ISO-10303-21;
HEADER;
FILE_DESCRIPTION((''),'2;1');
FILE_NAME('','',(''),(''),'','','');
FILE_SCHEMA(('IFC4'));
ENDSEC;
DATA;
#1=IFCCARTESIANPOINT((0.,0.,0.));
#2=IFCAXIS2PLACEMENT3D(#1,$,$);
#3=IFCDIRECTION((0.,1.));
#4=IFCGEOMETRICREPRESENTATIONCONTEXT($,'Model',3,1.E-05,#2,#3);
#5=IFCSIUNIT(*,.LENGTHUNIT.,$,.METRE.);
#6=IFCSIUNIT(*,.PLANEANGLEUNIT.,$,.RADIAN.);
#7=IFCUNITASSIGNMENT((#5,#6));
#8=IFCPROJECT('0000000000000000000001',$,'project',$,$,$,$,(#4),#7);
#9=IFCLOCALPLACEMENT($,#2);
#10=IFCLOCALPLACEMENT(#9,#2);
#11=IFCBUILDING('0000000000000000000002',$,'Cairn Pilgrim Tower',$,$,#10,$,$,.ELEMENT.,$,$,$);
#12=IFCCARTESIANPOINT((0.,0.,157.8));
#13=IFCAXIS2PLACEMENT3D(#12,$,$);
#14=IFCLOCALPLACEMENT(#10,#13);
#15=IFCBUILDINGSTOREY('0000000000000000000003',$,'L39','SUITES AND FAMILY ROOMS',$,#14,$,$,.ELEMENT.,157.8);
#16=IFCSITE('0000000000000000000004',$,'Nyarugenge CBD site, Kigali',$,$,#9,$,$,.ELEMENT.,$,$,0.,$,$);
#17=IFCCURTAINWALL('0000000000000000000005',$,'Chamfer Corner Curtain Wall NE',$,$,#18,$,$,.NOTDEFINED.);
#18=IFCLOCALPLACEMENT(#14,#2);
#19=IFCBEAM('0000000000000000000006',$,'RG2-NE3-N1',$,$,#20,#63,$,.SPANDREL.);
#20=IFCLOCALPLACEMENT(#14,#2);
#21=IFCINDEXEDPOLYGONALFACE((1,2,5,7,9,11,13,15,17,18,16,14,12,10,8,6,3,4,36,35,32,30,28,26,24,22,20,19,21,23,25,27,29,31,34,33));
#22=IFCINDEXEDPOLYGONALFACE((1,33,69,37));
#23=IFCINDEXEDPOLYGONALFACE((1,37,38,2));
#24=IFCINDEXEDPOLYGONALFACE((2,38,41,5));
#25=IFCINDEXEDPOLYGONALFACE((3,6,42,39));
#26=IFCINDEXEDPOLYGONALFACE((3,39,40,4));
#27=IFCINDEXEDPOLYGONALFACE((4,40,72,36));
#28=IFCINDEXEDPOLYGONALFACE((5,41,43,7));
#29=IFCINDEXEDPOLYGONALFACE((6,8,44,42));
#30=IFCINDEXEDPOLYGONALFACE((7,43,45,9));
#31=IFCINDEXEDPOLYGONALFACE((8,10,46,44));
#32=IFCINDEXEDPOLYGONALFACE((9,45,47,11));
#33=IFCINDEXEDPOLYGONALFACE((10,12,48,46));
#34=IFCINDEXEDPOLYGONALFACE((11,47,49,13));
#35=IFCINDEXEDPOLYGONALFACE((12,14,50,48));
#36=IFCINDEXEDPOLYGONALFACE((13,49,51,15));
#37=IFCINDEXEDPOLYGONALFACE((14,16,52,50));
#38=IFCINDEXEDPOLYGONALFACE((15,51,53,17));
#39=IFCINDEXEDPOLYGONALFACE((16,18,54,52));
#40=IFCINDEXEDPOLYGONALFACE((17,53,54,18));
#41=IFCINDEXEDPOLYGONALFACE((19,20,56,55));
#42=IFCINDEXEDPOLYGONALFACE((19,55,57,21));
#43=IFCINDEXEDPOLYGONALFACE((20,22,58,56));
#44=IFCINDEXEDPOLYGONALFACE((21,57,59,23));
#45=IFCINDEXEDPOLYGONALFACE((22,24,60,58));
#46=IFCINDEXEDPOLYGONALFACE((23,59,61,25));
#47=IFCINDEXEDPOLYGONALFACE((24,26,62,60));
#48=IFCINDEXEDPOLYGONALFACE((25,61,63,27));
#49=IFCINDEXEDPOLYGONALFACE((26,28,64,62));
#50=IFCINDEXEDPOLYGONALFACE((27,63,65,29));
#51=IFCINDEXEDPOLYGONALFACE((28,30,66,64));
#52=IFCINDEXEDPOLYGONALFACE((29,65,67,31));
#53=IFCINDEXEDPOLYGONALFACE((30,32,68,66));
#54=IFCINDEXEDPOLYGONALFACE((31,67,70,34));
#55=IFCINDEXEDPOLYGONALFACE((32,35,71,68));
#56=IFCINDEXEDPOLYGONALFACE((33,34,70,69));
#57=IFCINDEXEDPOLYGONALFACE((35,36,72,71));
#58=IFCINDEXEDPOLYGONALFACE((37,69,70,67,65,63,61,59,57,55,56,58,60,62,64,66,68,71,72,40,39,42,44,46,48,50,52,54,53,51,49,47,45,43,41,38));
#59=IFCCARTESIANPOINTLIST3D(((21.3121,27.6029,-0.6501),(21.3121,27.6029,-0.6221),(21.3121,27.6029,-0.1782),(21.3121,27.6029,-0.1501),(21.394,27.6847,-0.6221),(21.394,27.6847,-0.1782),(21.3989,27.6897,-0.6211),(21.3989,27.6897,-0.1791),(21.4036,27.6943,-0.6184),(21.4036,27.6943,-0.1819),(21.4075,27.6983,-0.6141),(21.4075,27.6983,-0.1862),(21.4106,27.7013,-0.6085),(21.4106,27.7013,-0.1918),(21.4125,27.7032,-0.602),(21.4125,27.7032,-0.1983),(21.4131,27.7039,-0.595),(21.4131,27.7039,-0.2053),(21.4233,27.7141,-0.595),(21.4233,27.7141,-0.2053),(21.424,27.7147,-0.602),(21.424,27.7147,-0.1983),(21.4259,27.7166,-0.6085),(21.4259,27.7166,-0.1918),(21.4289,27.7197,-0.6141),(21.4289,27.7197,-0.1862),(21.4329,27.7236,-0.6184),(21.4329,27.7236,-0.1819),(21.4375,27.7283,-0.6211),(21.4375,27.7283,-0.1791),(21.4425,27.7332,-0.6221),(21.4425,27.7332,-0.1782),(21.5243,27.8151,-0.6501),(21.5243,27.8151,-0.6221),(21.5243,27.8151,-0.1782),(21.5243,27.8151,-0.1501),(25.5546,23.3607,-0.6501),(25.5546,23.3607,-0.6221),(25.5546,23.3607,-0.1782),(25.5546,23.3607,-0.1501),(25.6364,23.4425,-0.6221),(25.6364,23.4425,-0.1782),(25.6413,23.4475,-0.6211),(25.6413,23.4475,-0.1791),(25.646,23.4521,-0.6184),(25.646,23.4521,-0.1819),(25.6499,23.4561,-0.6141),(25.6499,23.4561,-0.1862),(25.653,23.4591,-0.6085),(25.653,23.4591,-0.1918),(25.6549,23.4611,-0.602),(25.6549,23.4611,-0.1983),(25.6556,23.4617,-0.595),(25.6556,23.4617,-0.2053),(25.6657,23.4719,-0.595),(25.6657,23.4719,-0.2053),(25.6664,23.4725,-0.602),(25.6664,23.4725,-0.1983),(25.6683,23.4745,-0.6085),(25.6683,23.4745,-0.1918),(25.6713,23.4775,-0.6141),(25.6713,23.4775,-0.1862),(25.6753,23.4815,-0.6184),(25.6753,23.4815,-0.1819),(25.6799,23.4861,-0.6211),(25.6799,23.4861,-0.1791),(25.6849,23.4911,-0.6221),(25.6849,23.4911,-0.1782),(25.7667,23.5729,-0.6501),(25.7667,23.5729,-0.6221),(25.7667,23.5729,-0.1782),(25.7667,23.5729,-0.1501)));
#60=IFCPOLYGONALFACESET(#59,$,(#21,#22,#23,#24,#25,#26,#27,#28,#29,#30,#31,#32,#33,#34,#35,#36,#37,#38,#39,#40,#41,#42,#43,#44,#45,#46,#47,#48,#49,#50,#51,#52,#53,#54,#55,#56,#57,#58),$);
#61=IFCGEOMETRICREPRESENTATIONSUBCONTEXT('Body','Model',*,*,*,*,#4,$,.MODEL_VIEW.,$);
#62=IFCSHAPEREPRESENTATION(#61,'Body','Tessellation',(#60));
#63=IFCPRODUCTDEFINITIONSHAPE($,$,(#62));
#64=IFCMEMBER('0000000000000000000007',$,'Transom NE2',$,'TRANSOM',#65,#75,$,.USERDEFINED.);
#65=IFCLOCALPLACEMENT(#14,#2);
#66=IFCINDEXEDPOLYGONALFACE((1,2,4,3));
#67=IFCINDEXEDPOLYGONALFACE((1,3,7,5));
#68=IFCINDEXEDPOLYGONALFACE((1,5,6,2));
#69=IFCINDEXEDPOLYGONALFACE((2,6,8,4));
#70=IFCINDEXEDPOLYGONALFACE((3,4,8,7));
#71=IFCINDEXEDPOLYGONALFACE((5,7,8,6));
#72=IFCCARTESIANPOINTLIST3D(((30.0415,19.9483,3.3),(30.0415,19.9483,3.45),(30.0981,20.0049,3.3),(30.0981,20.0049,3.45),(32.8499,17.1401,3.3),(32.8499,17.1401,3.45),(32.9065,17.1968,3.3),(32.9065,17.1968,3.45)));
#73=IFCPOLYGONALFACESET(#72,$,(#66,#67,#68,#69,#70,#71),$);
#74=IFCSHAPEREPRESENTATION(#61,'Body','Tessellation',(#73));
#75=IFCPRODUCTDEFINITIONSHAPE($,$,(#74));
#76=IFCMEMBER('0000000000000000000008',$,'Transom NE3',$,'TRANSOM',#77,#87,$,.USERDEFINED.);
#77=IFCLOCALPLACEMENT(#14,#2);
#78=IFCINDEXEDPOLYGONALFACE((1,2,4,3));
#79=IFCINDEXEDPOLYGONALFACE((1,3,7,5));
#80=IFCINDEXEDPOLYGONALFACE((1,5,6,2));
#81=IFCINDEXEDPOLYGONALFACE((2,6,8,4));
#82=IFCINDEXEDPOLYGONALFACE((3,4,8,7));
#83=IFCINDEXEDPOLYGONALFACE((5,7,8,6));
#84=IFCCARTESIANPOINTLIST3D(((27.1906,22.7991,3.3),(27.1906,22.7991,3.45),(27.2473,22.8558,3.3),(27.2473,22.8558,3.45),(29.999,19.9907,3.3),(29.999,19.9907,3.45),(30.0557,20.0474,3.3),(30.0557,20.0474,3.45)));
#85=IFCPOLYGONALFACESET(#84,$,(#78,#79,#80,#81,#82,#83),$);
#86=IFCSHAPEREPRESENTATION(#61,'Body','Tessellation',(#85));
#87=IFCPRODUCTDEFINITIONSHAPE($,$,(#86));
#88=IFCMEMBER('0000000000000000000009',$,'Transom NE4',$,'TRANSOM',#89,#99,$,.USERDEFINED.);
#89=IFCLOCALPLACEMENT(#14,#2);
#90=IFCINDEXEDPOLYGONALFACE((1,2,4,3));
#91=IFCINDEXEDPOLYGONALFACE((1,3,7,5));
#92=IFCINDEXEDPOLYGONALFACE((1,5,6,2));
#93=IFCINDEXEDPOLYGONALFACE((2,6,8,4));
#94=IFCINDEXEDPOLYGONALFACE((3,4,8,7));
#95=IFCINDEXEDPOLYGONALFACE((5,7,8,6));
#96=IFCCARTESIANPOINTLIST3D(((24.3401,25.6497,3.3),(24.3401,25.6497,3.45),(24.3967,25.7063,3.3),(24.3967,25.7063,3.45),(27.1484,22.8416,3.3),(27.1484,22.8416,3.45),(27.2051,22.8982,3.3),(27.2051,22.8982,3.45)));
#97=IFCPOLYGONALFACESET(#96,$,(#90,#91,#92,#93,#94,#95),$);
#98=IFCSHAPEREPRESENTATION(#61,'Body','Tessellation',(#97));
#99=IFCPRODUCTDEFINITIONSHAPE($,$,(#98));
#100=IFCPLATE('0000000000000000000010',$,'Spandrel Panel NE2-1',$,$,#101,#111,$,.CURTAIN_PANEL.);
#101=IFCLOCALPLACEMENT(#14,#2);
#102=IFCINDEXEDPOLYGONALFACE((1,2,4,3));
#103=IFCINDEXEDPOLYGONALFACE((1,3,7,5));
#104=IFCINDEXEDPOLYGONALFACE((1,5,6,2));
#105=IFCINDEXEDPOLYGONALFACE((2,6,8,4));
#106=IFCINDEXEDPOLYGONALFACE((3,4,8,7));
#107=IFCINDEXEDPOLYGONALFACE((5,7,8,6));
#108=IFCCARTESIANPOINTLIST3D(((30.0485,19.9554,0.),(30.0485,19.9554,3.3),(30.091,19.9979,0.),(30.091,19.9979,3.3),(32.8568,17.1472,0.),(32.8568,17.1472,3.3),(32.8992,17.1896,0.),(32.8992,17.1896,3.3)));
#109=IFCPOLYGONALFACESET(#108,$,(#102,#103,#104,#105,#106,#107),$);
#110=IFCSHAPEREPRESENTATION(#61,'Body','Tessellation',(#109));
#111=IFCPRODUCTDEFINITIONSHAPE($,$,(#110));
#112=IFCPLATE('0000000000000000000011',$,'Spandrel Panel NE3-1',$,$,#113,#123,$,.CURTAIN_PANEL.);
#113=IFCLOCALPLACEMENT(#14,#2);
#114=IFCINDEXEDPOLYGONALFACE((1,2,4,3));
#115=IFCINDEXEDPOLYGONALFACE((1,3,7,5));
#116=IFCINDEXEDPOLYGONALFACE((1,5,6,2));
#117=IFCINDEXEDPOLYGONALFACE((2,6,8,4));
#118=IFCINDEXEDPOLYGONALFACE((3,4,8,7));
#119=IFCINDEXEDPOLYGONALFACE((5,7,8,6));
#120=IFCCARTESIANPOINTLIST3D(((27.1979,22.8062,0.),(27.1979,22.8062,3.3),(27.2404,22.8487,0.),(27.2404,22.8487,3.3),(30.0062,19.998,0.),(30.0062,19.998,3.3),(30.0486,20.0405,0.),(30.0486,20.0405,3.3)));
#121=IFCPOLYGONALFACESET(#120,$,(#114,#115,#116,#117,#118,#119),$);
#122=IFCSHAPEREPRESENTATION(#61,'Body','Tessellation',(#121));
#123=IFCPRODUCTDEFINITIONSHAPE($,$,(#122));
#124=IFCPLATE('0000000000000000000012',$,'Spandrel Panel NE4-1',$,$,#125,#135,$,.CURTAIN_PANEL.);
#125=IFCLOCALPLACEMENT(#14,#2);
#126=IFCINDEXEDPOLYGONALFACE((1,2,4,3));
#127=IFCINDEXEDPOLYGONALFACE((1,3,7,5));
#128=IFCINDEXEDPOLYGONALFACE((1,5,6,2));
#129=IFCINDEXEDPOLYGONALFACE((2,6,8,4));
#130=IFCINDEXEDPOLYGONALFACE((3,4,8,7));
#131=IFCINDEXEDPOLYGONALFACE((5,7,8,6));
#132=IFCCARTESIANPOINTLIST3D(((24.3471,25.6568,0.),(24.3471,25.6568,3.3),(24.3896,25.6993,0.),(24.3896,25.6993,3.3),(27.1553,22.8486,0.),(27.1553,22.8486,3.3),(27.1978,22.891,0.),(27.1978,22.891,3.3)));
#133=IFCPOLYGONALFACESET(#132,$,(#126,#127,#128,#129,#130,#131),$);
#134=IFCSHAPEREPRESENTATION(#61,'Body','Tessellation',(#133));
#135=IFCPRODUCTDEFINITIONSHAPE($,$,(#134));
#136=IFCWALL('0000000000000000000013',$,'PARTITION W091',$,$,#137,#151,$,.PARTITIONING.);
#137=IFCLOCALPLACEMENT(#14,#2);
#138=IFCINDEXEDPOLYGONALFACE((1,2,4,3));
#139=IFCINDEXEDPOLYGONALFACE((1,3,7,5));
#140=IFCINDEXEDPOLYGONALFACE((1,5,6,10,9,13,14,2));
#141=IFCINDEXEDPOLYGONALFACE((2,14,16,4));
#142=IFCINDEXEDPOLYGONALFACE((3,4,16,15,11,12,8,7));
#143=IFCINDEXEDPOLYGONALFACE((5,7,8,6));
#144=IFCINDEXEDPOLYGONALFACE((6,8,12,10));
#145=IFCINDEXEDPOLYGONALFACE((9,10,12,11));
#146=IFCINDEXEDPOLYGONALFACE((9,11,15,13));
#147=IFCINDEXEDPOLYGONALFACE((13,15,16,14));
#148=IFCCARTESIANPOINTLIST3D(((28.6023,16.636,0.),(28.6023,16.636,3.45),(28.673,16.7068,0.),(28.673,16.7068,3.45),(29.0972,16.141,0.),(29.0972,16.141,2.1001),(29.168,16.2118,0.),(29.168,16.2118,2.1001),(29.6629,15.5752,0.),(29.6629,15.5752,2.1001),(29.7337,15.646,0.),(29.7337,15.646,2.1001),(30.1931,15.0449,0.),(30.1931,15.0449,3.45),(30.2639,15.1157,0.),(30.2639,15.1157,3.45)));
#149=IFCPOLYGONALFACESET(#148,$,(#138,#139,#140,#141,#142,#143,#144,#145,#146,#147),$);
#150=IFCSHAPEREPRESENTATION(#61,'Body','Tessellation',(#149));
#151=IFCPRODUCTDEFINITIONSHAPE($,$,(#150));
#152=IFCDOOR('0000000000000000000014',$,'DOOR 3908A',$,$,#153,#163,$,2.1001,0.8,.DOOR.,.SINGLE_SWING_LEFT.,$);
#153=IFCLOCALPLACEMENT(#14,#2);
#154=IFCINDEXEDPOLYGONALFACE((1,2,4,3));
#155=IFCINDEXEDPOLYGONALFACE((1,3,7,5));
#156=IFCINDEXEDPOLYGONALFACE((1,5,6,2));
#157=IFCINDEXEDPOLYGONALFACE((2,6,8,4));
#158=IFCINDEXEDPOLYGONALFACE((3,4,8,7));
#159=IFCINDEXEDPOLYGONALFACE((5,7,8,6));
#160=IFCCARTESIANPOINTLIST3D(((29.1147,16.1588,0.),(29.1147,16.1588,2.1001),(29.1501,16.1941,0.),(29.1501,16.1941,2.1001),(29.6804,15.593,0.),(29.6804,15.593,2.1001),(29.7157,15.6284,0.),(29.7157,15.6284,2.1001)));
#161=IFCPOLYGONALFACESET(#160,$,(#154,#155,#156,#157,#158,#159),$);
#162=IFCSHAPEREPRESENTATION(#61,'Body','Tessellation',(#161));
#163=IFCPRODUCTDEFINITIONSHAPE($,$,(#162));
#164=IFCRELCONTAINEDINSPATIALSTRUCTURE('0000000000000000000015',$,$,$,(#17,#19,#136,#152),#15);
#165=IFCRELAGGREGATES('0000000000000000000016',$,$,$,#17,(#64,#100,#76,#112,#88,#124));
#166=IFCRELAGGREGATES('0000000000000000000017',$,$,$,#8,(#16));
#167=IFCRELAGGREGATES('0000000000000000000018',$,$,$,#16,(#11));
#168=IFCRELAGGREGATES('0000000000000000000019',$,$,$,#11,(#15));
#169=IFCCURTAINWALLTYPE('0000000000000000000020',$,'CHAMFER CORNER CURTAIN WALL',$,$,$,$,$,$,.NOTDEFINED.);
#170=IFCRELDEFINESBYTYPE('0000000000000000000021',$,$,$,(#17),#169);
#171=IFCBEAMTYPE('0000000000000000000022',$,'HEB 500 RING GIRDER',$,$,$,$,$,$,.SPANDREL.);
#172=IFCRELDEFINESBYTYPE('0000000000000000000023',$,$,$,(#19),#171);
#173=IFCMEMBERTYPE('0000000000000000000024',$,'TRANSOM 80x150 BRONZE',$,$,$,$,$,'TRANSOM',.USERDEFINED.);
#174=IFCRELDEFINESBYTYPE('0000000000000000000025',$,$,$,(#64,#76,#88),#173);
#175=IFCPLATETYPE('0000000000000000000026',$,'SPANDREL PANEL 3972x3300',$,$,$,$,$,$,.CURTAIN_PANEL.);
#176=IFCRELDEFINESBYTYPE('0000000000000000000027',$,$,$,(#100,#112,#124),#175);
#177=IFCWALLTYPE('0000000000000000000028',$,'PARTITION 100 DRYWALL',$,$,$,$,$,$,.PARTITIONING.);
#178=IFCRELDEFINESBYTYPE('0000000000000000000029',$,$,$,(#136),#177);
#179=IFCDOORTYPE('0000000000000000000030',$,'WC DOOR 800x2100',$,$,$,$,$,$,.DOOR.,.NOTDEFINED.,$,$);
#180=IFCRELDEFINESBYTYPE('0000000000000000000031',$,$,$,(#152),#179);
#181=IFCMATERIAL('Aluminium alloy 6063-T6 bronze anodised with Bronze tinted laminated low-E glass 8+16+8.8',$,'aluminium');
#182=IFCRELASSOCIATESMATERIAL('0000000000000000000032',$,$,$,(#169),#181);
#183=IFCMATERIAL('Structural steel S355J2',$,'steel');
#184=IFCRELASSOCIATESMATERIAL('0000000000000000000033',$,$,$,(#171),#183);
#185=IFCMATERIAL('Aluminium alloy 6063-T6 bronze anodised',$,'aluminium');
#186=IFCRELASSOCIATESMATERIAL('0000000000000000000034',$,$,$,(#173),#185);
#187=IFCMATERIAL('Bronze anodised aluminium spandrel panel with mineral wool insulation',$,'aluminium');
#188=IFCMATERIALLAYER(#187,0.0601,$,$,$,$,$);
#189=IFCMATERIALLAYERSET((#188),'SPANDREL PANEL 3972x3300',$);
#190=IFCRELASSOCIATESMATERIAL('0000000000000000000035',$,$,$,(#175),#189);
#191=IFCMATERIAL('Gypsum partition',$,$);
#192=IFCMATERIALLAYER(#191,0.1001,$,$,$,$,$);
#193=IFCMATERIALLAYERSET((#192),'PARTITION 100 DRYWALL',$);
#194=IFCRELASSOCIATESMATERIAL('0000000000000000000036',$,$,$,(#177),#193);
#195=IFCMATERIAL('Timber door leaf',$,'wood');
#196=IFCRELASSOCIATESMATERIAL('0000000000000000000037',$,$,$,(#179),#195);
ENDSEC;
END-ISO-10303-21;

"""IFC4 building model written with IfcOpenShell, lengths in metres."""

from ifc_helpers import new_model, si_unit, direction, frame, frame_2d, origin, origin_2d, place, context, subcontext, project, spatial, rectangle, i_section, extrude, material, layer, layer_set, material_profile, profile_set, type_object, element, fill, aggregate, save


model = new_model("IFC4")

# Units and contexts
model_context = context("Model", 3, precision=1e-05, world=origin(), true_north=direction((0.0, 1.0)))
body_context = subcontext(model_context, "Body", "Model", "MODEL_VIEW")
ifc_project = project(units=[si_unit("LENGTHUNIT", "METRE"), si_unit("PLANEANGLEUNIT", "RADIAN")], contexts=[model_context])

# Site, building, storey
site_placement = place(None, origin())
site = spatial("IfcSite", under=ifc_project, at=site_placement, Name="Nyarugenge CBD site, Kigali", CompositionType="ELEMENT", RefElevation=0.0)
building_placement = place(site_placement, origin())
building = spatial("IfcBuilding", under=site, at=building_placement, Name="Cairn Pilgrim Tower", CompositionType="ELEMENT")
storey_placement = place(building_placement, frame((0.0, 0.0, 157.8)))
storey = spatial("IfcBuildingStorey", under=building, at=storey_placement, Name="L39", Description="SUITES AND FAMILY ROOMS", CompositionType="ELEMENT", Elevation=157.8)

# Shared definitions
ifc_material_1 = material(Name="Structural steel S355J2", Category="steel")

# Curtain wall
ifc_material_2 = material(Name="Aluminium alloy 6063-T6 bronze anodised with Bronze tinted laminated low-E glass 8+16+8.8", Category="aluminium")
curtain_wall_type = type_object("IfcCurtainWallType", Name="CHAMFER CORNER CURTAIN WALL", PredefinedType="NOTDEFINED", material=ifc_material_2)
curtain_wall_placement = place(storey_placement, origin())
curtain_wall = element("IfcCurtainWall", 1, at=curtain_wall_placement, inside=storey, type_object=curtain_wall_type, Name="Chamfer Corner Curtain Wall NE", PredefinedType="NOTDEFINED")
ifc_material_3 = material(Name="Aluminium alloy 6063-T6 bronze anodised", Category="aluminium")

# Beam
ifc_material_profile_1 = material_profile(ifc_material_1, i_section(OverallWidth=0.3, OverallDepth=0.5, WebThickness=0.0144, FlangeThickness=0.0281, FilletRadius=0.0271, at=origin_2d()), Name="HEB 500")
ifc_profile_set_1 = profile_set([ifc_material_profile_1], Name="Structural steel S355J2")
beam_type_1 = type_object("IfcBeamType", Name="HEB 500 RING GIRDER", PredefinedType="SPANDREL", material=ifc_profile_set_1)
beam_1_placement = place(storey_placement, frame((25.6606, 23.4668, -0.4001), z_axis=(-0.707127, 0.707086, 0.0), x_axis=(-0.707086, -0.707127, 0.0)))
element("IfcBeam", 2, at=beam_1_placement, inside=storey, type_object=beam_type_1, Name="RG2-NE3-N1", PredefinedType="SPANDREL", context=body_context, shape_type="SweptSolid", body=[
    extrude(i_section(OverallWidth=0.3, OverallDepth=0.5, WebThickness=0.0144, FlangeThickness=0.0281, FilletRadius=0.0271, at=origin_2d()), origin(), (0.0, 0.0, 1.0), 5.9995),
])

# Members
ifc_material_profile_2 = material_profile(ifc_material_3, rectangle(XDim=0.0801, YDim=0.1499, at=origin_2d()), Name="TRANSOM 80x150 BRONZE")
ifc_profile_set_2 = profile_set([ifc_material_profile_2], Name="Aluminium alloy 6063-T6 bronze anodised")
member_type_1 = type_object("IfcMemberType", Name="TRANSOM 80x150 BRONZE", ElementType="TRANSOM", PredefinedType="USERDEFINED", material=ifc_profile_set_2)
member_1_placement = place(storey_placement, frame((32.8782, 17.1685, 3.375), z_axis=(-0.707138, 0.707076, 0.0), x_axis=(-0.707076, -0.707138, 0.0)))
member_1 = element("IfcMember", 3, at=member_1_placement, type_object=member_type_1, Name="Transom NE2", ObjectType="TRANSOM", PredefinedType="USERDEFINED", context=body_context, shape_type="SweptSolid", body=[
    extrude(rectangle(XDim=0.0801, YDim=0.1499, at=origin_2d()), origin(), (0.0, 0.0, 1.0), 3.9714),
])
member_2_placement = place(storey_placement, frame((30.0273, 20.019, 3.375), z_axis=(-0.707107, 0.707107, 0.0), x_axis=(-0.707107, -0.707107, 0.0)))
member_2 = element("IfcMember", 4, at=member_2_placement, type_object=member_type_1, Name="Transom NE3", ObjectType="TRANSOM", PredefinedType="USERDEFINED", context=body_context, shape_type="SweptSolid", body=[
    extrude(rectangle(XDim=0.0801, YDim=0.1499, at=origin_2d()), origin(), (0.0, 0.0, 1.0), 3.9717),
])
member_3_placement = place(storey_placement, frame((27.1768, 22.8699, 3.375), z_axis=(-0.707138, 0.707076, 0.0), x_axis=(-0.707076, -0.707138, 0.0)))
member_3 = element("IfcMember", 5, at=member_3_placement, type_object=member_type_1, Name="Transom NE4", ObjectType="TRANSOM", PredefinedType="USERDEFINED", context=body_context, shape_type="SweptSolid", body=[
    extrude(rectangle(XDim=0.0801, YDim=0.1499, at=origin_2d()), origin(), (0.0, 0.0, 1.0), 3.9714),
])

# Plates
ifc_material_4 = material(Name="Bronze anodised aluminium spandrel panel with mineral wool insulation", Category="aluminium")
ifc_layer_1 = layer(ifc_material_4, 0.0601)
ifc_layer_set_1 = layer_set([ifc_layer_1], Name="SPANDREL PANEL 3972x3300")
plate_type = type_object("IfcPlateType", Name="SPANDREL PANEL 3972x3300", PredefinedType="CURTAIN_PANEL", material=ifc_layer_set_1)
plate_1_placement = place(storey_placement, frame((31.4739, 18.5725, 0.0), z_axis=(0.0, 0.0, 1.0), x_axis=(-0.707107, 0.707107, 0.0)))
plate_1 = element("IfcPlate", 6, at=plate_1_placement, type_object=plate_type, Name="Spandrel Panel NE2-1", PredefinedType="CURTAIN_PANEL", context=body_context, shape_type="SweptSolid", body=[
    extrude(rectangle(XDim=3.9714, YDim=0.0601, at=origin_2d()), origin(), (0.0, 0.0, 1.0), 3.3),
])
plate_2_placement = place(storey_placement, frame((28.6233, 21.4233, 0.0), z_axis=(0.0, 0.0, 1.0), x_axis=(-0.707107, 0.707107, 0.0)))
plate_2 = element("IfcPlate", 7, at=plate_2_placement, type_object=plate_type, Name="Spandrel Panel NE3-1", PredefinedType="CURTAIN_PANEL", context=body_context, shape_type="SweptSolid", body=[
    extrude(rectangle(XDim=3.9714, YDim=0.0601, at=origin_2d()), origin(), (0.0, 0.0, 1.0), 3.3),
])
plate_3_placement = place(storey_placement, frame((25.7725, 24.2739, 0.0), z_axis=(0.0, 0.0, 1.0), x_axis=(-0.707107, 0.707107, 0.0)))
plate_3 = element("IfcPlate", 8, at=plate_3_placement, type_object=plate_type, Name="Spandrel Panel NE4-1", PredefinedType="CURTAIN_PANEL", context=body_context, shape_type="SweptSolid", body=[
    extrude(rectangle(XDim=3.9714, YDim=0.0601, at=origin_2d()), origin(), (0.0, 0.0, 1.0), 3.3),
])
aggregate(curtain_wall, [member_1, plate_1, member_2, plate_2, member_3, plate_3])

# Wall, opening, door
ifc_material_5 = material(Name="Gypsum partition")
ifc_layer_2 = layer(ifc_material_5, 0.1001)
ifc_layer_set_2 = layer_set([ifc_layer_2], Name="PARTITION 100 DRYWALL")
wall_type_1 = type_object("IfcWallType", Name="PARTITION 100 DRYWALL", PredefinedType="PARTITIONING", material=ifc_layer_set_2)
wall_1_placement = place(storey_placement, frame((30.2285, 15.0803, 0.0), z_axis=(0.0, 0.0, 1.0), x_axis=(-0.707053, 0.707161, 0.0)))
wall_1 = element("IfcWall", 9, at=wall_1_placement, inside=storey, type_object=wall_type_1, Name="PARTITION W091", PredefinedType="PARTITIONING", context=body_context, shape_type="SweptSolid", body=[
    extrude(rectangle(XDim=2.25, YDim=0.1001, at=frame_2d((1.125, 0.0))), origin(), (0.0, 0.0, 1.0), 3.45),
])
opening_1_placement = place(wall_1_placement, frame((0.75, 0.0, 0.0)))
opening_1 = element("IfcOpeningElement", 10, at=opening_1_placement, cuts=wall_1, PredefinedType="OPENING", context=body_context, shape_type="SweptSolid", body=[
    extrude(rectangle(XDim=0.8, YDim=2.1001, at=frame_2d((0.3999, 1.05))), frame((0.0, 0.0601, 0.0), z_axis=(0.0, -1.0, 0.0), x_axis=(1.0, 0.0, 0.0)), (0.0, 0.0, 1.0), 0.1201),
])
ifc_material_6 = material(Name="Timber door leaf", Category="wood")
door_type_1 = type_object("IfcDoorType", Name="WC DOOR 800x2100", OperationType="NOTDEFINED", PredefinedType="DOOR", material=ifc_material_6)
door_1_placement = place(opening_1_placement, frame((0.8, 0.0, 0.0), z_axis=(0.0, 0.0, 1.0), x_axis=(-1.0, 0.0, 0.0)))
door_1 = element("IfcDoor", 11, at=door_1_placement, inside=storey, type_object=door_type_1, Name="DOOR 3908A", OperationType="SINGLE_SWING_LEFT", OverallHeight=2.1001, OverallWidth=0.8, PredefinedType="DOOR", context=body_context, shape_type="SweptSolid", body=[
    extrude(rectangle(XDim=0.8, YDim=2.1001, at=frame_2d((0.3999, 1.05))), frame((0.0, 0.0249, 0.0), z_axis=(0.0, -1.0, 0.0), x_axis=(1.0, 0.0, 0.0)), (0.0, 0.0, 1.0), 0.05),
])
fill(opening_1, door_1)

save(model, "model.ifc")
